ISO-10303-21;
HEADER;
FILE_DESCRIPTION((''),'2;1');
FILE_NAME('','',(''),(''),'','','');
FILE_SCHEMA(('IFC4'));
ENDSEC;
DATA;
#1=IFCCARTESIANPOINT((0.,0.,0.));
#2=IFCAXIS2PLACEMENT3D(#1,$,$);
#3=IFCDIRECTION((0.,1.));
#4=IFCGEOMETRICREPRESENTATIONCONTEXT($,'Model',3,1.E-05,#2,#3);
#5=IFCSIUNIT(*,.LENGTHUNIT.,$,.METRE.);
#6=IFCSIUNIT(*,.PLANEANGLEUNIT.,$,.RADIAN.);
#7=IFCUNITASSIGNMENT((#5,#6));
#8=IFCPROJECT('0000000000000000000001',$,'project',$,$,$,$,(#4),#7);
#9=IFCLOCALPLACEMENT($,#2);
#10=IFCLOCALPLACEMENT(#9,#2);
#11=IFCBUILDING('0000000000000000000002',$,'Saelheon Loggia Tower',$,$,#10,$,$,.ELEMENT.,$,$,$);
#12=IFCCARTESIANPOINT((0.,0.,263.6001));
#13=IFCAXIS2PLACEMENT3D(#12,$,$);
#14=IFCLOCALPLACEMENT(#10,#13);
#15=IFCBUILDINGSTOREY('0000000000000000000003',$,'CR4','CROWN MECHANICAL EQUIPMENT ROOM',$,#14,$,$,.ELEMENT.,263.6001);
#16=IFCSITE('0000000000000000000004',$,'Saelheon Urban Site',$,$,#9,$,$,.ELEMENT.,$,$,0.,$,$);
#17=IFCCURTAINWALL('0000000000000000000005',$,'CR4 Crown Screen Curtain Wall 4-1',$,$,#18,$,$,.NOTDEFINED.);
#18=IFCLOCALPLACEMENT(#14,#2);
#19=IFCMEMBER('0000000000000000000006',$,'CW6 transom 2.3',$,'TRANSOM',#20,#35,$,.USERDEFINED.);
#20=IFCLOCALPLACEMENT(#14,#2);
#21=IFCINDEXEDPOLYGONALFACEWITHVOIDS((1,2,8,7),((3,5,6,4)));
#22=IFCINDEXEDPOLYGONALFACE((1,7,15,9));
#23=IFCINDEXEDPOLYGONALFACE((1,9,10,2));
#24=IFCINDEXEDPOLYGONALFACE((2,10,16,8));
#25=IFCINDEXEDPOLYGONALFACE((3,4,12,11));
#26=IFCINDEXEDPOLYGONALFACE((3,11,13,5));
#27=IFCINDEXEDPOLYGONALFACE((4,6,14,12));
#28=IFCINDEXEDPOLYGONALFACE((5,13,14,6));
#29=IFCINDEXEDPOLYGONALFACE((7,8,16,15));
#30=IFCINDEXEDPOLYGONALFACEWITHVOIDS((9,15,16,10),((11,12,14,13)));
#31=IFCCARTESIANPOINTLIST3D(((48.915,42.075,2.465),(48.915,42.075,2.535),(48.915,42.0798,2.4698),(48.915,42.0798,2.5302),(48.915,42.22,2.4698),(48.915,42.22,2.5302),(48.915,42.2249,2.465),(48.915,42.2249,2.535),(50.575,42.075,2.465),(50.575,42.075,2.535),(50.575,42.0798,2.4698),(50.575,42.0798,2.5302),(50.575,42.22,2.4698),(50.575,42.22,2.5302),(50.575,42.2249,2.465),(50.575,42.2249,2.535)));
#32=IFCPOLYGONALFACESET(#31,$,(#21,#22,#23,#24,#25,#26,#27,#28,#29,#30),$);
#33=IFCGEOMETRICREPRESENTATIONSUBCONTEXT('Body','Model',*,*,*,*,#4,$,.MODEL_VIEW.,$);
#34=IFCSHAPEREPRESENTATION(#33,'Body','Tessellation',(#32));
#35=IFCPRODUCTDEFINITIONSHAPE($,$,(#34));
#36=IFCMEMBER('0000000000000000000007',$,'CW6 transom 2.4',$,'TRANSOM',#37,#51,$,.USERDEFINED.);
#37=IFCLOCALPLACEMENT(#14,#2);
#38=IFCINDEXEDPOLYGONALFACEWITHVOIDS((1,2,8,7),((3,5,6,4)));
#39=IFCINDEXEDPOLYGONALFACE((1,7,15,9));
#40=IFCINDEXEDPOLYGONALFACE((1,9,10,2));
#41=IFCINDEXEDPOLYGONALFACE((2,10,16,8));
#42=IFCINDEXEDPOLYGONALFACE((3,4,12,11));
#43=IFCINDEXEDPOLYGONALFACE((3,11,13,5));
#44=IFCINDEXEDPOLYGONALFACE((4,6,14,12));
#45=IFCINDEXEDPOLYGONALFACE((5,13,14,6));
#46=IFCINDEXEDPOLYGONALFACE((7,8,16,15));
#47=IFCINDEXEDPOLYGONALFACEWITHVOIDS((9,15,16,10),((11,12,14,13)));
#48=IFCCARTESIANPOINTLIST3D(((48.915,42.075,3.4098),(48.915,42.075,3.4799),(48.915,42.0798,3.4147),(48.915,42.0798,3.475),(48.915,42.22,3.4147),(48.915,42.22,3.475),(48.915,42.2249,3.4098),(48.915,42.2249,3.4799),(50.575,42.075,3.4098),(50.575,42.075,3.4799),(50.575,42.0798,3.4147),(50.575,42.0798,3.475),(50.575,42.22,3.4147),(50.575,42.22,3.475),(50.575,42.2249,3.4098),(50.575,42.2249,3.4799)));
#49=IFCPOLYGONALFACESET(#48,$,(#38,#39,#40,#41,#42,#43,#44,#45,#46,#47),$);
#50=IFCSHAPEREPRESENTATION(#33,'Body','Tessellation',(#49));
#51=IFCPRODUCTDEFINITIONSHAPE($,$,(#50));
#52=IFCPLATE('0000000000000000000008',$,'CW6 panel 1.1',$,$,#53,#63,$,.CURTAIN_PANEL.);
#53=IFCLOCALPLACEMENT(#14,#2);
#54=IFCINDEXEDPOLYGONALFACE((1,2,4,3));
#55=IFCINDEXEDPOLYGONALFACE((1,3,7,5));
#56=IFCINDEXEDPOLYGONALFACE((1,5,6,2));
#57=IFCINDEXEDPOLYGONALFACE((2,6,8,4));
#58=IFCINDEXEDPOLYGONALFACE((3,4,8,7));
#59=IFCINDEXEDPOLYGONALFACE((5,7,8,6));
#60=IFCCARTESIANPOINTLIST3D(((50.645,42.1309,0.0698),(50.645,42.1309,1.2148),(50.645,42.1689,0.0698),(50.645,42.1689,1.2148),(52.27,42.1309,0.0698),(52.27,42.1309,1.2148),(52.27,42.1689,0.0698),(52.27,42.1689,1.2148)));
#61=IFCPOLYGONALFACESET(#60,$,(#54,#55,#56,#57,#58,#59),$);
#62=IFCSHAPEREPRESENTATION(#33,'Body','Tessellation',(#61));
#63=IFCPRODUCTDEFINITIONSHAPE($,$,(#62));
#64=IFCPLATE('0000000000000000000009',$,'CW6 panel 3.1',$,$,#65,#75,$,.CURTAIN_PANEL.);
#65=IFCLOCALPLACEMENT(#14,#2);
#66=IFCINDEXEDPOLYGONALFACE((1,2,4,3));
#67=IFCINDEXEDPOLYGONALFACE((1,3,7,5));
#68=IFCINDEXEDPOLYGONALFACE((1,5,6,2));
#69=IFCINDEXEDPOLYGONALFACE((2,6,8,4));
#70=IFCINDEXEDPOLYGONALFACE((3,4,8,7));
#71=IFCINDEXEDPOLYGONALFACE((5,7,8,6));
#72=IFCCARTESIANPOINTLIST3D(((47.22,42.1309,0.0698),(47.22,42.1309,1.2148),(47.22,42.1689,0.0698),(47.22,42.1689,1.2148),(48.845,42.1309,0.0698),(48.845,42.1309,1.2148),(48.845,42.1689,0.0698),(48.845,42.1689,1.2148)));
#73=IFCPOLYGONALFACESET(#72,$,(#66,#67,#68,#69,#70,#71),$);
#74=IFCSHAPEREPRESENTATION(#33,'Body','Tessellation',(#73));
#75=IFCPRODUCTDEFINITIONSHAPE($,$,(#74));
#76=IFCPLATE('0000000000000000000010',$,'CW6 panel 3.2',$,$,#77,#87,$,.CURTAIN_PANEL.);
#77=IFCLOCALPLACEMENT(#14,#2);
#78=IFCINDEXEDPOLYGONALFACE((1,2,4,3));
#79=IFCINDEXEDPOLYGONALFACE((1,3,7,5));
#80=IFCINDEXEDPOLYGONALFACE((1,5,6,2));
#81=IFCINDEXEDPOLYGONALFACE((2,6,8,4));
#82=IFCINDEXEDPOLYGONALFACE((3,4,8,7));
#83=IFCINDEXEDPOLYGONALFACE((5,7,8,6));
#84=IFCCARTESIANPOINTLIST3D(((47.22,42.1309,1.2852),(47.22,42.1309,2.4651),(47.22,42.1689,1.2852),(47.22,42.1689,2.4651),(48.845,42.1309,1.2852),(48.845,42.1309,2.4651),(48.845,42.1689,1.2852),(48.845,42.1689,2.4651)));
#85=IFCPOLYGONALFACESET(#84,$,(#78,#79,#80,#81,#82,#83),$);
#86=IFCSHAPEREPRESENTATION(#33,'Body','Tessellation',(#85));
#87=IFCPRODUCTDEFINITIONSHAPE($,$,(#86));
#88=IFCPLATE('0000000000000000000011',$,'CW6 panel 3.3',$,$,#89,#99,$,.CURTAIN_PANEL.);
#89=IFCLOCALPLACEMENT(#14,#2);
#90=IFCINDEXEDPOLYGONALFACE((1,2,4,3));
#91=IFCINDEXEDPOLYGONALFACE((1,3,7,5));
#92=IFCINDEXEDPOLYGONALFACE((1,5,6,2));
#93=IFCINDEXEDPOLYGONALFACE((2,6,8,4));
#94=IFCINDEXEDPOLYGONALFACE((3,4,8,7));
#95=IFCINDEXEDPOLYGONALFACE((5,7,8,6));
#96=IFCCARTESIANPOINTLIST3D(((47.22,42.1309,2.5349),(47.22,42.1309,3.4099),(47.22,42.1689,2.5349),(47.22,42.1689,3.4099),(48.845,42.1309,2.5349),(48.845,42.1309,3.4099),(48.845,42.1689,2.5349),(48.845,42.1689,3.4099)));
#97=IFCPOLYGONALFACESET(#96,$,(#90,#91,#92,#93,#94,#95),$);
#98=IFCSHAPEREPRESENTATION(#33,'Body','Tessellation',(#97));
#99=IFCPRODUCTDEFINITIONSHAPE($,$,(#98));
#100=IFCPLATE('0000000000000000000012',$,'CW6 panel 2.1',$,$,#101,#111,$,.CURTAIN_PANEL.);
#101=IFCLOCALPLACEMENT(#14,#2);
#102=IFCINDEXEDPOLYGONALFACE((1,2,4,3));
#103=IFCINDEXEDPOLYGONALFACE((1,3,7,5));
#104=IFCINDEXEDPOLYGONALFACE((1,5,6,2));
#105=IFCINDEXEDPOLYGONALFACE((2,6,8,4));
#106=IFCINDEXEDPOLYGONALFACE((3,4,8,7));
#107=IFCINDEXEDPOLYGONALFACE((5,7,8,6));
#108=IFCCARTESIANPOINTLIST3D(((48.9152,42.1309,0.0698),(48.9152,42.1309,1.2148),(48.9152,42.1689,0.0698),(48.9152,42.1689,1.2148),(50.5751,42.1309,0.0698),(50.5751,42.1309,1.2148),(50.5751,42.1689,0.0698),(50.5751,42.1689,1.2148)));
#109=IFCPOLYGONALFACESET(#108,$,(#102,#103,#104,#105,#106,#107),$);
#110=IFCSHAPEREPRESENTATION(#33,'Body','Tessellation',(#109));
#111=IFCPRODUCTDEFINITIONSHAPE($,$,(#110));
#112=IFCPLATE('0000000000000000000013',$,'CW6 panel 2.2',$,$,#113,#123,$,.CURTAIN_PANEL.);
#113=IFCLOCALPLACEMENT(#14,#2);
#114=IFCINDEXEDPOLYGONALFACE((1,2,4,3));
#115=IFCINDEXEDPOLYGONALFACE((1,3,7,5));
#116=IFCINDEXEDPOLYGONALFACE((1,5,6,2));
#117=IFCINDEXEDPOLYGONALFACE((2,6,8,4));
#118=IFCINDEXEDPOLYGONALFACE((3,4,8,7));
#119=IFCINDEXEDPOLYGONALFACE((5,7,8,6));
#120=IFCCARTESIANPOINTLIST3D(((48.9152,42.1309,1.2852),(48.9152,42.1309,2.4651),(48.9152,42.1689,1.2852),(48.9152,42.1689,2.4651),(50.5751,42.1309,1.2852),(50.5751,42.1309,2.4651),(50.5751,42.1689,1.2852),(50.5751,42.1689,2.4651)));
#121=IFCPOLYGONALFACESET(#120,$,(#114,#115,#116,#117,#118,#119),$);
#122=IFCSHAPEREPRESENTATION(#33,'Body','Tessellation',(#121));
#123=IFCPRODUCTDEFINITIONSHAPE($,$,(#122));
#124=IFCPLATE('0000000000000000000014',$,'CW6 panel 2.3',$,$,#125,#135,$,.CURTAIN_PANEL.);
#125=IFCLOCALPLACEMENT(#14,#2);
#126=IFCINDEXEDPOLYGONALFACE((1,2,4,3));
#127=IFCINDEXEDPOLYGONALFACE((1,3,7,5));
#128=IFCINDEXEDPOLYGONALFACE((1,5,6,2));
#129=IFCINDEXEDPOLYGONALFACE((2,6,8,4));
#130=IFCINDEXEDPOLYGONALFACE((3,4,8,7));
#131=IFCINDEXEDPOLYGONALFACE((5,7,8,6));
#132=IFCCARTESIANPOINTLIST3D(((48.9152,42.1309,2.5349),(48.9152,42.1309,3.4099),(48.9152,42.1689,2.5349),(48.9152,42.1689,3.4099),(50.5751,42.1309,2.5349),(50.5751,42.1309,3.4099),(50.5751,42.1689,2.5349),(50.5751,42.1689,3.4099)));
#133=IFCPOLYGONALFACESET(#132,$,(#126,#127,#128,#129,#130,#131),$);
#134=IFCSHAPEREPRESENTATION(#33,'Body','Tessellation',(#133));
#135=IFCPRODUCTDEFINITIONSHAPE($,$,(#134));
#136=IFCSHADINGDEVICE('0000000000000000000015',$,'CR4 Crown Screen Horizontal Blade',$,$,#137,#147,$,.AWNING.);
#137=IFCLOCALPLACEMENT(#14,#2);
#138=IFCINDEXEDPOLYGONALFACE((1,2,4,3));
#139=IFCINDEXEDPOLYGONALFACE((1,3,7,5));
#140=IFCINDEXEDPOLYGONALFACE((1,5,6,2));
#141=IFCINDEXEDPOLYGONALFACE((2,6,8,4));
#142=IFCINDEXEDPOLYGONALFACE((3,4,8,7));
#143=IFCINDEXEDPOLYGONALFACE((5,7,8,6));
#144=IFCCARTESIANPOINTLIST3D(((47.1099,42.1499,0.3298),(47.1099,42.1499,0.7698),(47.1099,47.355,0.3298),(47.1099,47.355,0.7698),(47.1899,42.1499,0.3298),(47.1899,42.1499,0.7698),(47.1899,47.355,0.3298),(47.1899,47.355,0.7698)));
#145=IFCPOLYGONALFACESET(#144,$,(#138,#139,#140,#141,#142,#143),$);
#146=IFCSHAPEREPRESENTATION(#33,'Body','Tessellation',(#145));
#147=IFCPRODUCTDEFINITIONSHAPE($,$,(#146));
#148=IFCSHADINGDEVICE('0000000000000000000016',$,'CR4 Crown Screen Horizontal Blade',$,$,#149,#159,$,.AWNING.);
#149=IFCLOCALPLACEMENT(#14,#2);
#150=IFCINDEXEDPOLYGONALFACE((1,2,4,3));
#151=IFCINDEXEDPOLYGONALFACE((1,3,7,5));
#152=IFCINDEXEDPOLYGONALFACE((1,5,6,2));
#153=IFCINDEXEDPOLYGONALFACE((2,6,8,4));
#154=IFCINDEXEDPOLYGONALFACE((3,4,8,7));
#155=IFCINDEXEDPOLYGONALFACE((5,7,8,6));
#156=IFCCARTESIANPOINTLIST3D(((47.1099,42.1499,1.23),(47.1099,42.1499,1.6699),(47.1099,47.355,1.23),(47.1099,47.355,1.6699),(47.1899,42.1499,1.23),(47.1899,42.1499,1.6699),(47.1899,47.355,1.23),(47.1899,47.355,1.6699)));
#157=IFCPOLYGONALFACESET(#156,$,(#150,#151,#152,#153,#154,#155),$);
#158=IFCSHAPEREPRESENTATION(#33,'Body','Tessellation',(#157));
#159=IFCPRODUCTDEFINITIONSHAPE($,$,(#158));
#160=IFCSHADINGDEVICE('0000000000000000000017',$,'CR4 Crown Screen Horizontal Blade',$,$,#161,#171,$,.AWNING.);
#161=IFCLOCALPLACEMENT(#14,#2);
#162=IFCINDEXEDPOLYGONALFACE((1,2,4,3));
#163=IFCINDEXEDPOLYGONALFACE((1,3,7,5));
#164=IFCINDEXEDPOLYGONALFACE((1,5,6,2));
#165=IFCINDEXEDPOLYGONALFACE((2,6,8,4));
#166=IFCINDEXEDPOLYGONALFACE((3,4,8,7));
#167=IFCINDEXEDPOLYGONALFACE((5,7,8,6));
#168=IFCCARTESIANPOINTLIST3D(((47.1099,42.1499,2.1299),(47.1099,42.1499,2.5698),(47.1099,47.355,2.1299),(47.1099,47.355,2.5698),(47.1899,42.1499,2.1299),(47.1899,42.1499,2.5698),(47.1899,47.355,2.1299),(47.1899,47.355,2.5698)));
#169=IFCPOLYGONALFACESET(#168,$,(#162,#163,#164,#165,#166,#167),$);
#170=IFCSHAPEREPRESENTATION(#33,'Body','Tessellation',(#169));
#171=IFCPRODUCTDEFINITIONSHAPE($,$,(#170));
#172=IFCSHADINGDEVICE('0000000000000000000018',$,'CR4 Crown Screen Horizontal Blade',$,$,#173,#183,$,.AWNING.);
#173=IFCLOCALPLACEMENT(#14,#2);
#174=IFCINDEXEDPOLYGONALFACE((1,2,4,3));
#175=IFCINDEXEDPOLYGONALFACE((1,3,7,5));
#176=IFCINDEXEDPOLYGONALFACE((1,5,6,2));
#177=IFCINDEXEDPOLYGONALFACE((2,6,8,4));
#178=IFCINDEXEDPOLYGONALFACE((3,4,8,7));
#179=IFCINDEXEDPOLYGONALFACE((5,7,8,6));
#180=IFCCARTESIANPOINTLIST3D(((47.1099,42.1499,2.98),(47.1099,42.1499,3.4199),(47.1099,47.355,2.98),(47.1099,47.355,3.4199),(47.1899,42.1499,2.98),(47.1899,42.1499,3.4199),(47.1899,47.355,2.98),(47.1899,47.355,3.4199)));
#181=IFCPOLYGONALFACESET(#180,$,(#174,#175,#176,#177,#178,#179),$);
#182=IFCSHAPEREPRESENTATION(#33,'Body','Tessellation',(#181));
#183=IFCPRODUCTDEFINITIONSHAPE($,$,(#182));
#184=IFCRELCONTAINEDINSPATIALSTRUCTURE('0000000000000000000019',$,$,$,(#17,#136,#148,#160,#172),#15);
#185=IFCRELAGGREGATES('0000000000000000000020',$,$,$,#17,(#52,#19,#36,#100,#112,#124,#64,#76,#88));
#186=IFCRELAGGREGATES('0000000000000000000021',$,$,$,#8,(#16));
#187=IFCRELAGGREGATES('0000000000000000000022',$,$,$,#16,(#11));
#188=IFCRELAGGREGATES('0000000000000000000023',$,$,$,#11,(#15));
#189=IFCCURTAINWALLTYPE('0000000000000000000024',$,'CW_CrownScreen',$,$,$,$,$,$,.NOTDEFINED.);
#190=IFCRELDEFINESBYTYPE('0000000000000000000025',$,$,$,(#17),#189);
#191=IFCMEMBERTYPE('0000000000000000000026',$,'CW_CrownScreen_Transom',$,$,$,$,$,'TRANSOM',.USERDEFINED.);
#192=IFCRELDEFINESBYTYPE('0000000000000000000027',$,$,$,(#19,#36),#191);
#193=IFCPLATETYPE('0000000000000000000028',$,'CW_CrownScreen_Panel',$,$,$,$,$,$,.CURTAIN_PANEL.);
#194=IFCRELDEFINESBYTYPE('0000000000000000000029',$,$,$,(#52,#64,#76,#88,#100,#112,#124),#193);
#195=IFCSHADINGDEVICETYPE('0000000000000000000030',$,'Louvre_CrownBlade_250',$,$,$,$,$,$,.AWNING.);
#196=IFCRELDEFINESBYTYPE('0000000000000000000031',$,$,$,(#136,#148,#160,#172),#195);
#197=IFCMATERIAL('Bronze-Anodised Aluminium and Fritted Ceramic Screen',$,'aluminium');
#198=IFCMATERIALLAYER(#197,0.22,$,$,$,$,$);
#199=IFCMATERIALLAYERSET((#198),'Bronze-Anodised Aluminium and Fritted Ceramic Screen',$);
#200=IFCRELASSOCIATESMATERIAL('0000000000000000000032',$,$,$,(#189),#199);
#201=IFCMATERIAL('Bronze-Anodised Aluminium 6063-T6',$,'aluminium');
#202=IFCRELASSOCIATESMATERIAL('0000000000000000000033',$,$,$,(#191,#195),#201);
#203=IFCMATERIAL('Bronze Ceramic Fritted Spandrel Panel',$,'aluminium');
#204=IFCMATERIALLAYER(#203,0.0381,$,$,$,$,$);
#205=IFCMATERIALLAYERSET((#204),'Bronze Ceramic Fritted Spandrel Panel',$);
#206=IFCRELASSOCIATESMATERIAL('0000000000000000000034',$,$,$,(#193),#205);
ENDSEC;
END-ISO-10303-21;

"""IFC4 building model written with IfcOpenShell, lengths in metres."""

from ifc_helpers import new_model, si_unit, direction, frame, origin, origin_2d, place, context, subcontext, project, spatial, rectangle, hollow_rectangle, extrude, source, transform, mapped, material, layer, layer_set, material_profile, profile_set, type_object, element, aggregate, save


model = new_model("IFC4")

# Units and contexts
model_context = context("Model", 3, precision=1e-05, world=origin(), true_north=direction((0.0, 1.0)))
body_context = subcontext(model_context, "Body", "Model", "MODEL_VIEW")
ifc_project = project(units=[si_unit("LENGTHUNIT", "METRE"), si_unit("PLANEANGLEUNIT", "RADIAN")], contexts=[model_context])

# Site, building, storey
site_placement = place(None, origin())
site = spatial("IfcSite", under=ifc_project, at=site_placement, Name="Saelheon Urban Site", CompositionType="ELEMENT", RefElevation=0.0)
building_placement = place(site_placement, origin())
building = spatial("IfcBuilding", under=site, at=building_placement, Name="Saelheon Loggia Tower", CompositionType="ELEMENT")
storey_placement = place(building_placement, frame((0.0, 0.0, 263.6001)))
storey = spatial("IfcBuildingStorey", under=building, at=storey_placement, Name="CR4", Description="CROWN MECHANICAL EQUIPMENT ROOM", CompositionType="ELEMENT", Elevation=263.6001)

# Curtain wall, members, plates
ifc_material_1 = material(Name="Bronze-Anodised Aluminium and Fritted Ceramic Screen", Category="aluminium")
ifc_layer_1 = layer(ifc_material_1, 0.22)
ifc_layer_set_1 = layer_set([ifc_layer_1], Name="Bronze-Anodised Aluminium and Fritted Ceramic Screen")
curtain_wall_type = type_object("IfcCurtainWallType", Name="CW_CrownScreen", PredefinedType="NOTDEFINED", material=ifc_layer_set_1)
curtain_wall_placement = place(storey_placement, origin())
curtain_wall = element("IfcCurtainWall", 1, at=curtain_wall_placement, inside=storey, type_object=curtain_wall_type, Name="CR4 Crown Screen Curtain Wall 4-1", PredefinedType="NOTDEFINED")
ifc_material_2 = material(Name="Bronze-Anodised Aluminium 6063-T6", Category="aluminium")
ifc_material_profile_1 = material_profile(ifc_material_2, hollow_rectangle(XDim=0.0701, YDim=0.1499, WallThickness=0.0049, at=origin_2d()), Name="RHS-150x70x5")
ifc_profile_set_1 = profile_set([ifc_material_profile_1], Name="Bronze-Anodised Aluminium 6063-T6")
member_type_1 = type_object("IfcMemberType", Name="CW_CrownScreen_Transom", ElementType="TRANSOM", PredefinedType="USERDEFINED", material=ifc_profile_set_1)
shared_shape_1 = source(origin(), body_context, "Body", "SweptSolid", [
    extrude(hollow_rectangle(XDim=0.0701, YDim=0.1499, WallThickness=0.0049, at=origin_2d()), origin(), (0.0, 0.0, 1.0), 1.6599),
])
member_1_placement = place(storey_placement, frame((50.575, 42.1499, 2.5), z_axis=(-1.0, 0.0, 0.0), x_axis=(0.0, 0.0, 1.0)))
member_1 = element("IfcMember", 2, at=member_1_placement, type_object=member_type_1, Name="CW6 transom 2.3", ObjectType="TRANSOM", PredefinedType="USERDEFINED", context=body_context, shape_type="MappedRepresentation", body=[
    mapped(shared_shape_1, transform((0.0, 0.0, 0.0), scale=1.0)),
])
member_2_placement = place(storey_placement, frame((50.575, 42.1499, 3.4448), z_axis=(-1.0, 0.0, 0.0), x_axis=(0.0, 0.0, 1.0)))
member_2 = element("IfcMember", 3, at=member_2_placement, type_object=member_type_1, Name="CW6 transom 2.4", ObjectType="TRANSOM", PredefinedType="USERDEFINED", context=body_context, shape_type="MappedRepresentation", body=[
    mapped(shared_shape_1, transform((0.0, 0.0, 0.0), scale=1.0)),
])
ifc_material_3 = material(Name="Bronze Ceramic Fritted Spandrel Panel", Category="aluminium")
ifc_layer_2 = layer(ifc_material_3, 0.0381)
ifc_layer_set_2 = layer_set([ifc_layer_2], Name="Bronze Ceramic Fritted Spandrel Panel")
plate_type = type_object("IfcPlateType", Name="CW_CrownScreen_Panel", PredefinedType="CURTAIN_PANEL", material=ifc_layer_set_2)
shared_shape_2 = source(origin(), body_context, "Body", "SweptSolid", [
    extrude(rectangle(XDim=1.625, YDim=0.0381, at=origin_2d()), origin(), (0.0, 0.0, 1.0), 1.145),
])
plate_1_placement = place(storey_placement, frame((51.4575, 42.1499, 0.0698), z_axis=(0.0, 0.0, 1.0), x_axis=(-1.0, 0.0, 0.0)))
plate_1 = element("IfcPlate", 4, at=plate_1_placement, type_object=plate_type, Name="CW6 panel 1.1", PredefinedType="CURTAIN_PANEL", context=body_context, shape_type="MappedRepresentation", body=[
    mapped(shared_shape_2, transform((0.0, 0.0, 0.0), scale=1.0)),
])
plate_2_placement = place(storey_placement, frame((48.0325, 42.1499, 0.0698), z_axis=(0.0, 0.0, 1.0), x_axis=(-1.0, 0.0, 0.0)))
plate_2 = element("IfcPlate", 5, at=plate_2_placement, type_object=plate_type, Name="CW6 panel 3.1", PredefinedType="CURTAIN_PANEL", context=body_context, shape_type="MappedRepresentation", body=[
    mapped(shared_shape_2, transform((0.0, 0.0, 0.0), scale=1.0)),
])
shared_shape_3 = source(origin(), body_context, "Body", "SweptSolid", [
    extrude(rectangle(XDim=1.625, YDim=0.0381, at=origin_2d()), origin(), (0.0, 0.0, 1.0), 1.1799),
])
plate_3_placement = place(storey_placement, frame((48.0325, 42.1499, 1.2852), z_axis=(0.0, 0.0, 1.0), x_axis=(-1.0, 0.0, 0.0)))
plate_3 = element("IfcPlate", 6, at=plate_3_placement, type_object=plate_type, Name="CW6 panel 3.2", PredefinedType="CURTAIN_PANEL", context=body_context, shape_type="MappedRepresentation", body=[
    mapped(shared_shape_3, transform((0.0, 0.0, 0.0), scale=1.0)),
])
shared_shape_4 = source(origin(), body_context, "Body", "SweptSolid", [
    extrude(rectangle(XDim=1.625, YDim=0.0381, at=origin_2d()), origin(), (0.0, 0.0, 1.0), 0.875),
])
plate_4_placement = place(storey_placement, frame((48.0325, 42.1499, 2.5349), z_axis=(0.0, 0.0, 1.0), x_axis=(-1.0, 0.0, 0.0)))
plate_4 = element("IfcPlate", 7, at=plate_4_placement, type_object=plate_type, Name="CW6 panel 3.3", PredefinedType="CURTAIN_PANEL", context=body_context, shape_type="MappedRepresentation", body=[
    mapped(shared_shape_4, transform((0.0, 0.0, 0.0), scale=1.0)),
])
shared_shape_5 = source(origin(), body_context, "Body", "SweptSolid", [
    extrude(rectangle(XDim=1.6599, YDim=0.0381, at=origin_2d()), origin(), (0.0, 0.0, 1.0), 1.145),
])
plate_5_placement = place(storey_placement, frame((49.7451, 42.1499, 0.0698), z_axis=(0.0, 0.0, 1.0), x_axis=(-1.0, 0.0, 0.0)))
plate_5 = element("IfcPlate", 8, at=plate_5_placement, type_object=plate_type, Name="CW6 panel 2.1", PredefinedType="CURTAIN_PANEL", context=body_context, shape_type="MappedRepresentation", body=[
    mapped(shared_shape_5, transform((0.0, 0.0, 0.0), scale=1.0)),
])
shared_shape_6 = source(origin(), body_context, "Body", "SweptSolid", [
    extrude(rectangle(XDim=1.6599, YDim=0.0381, at=origin_2d()), origin(), (0.0, 0.0, 1.0), 1.1799),
])
plate_6_placement = place(storey_placement, frame((49.7451, 42.1499, 1.2852), z_axis=(0.0, 0.0, 1.0), x_axis=(-1.0, 0.0, 0.0)))
plate_6 = element("IfcPlate", 9, at=plate_6_placement, type_object=plate_type, Name="CW6 panel 2.2", PredefinedType="CURTAIN_PANEL", context=body_context, shape_type="MappedRepresentation", body=[
    mapped(shared_shape_6, transform((0.0, 0.0, 0.0), scale=1.0)),
])
shared_shape_7 = source(origin(), body_context, "Body", "SweptSolid", [
    extrude(rectangle(XDim=1.6599, YDim=0.0381, at=origin_2d()), origin(), (0.0, 0.0, 1.0), 0.875),
])
plate_7_placement = place(storey_placement, frame((49.7451, 42.1499, 2.5349), z_axis=(0.0, 0.0, 1.0), x_axis=(-1.0, 0.0, 0.0)))
plate_7 = element("IfcPlate", 10, at=plate_7_placement, type_object=plate_type, Name="CW6 panel 2.3", PredefinedType="CURTAIN_PANEL", context=body_context, shape_type="MappedRepresentation", body=[
    mapped(shared_shape_7, transform((0.0, 0.0, 0.0), scale=1.0)),
])
aggregate(curtain_wall, [plate_1, member_1, member_2, plate_5, plate_6, plate_7, plate_2, plate_3, plate_4])

# Shading devices
ifc_material_profile_2 = material_profile(ifc_material_2, rectangle(XDim=0.0801, YDim=0.4399, at=origin_2d()), Name="Louvre_CrownBlade_250")
ifc_profile_set_2 = profile_set([ifc_material_profile_2], Name="Bronze-Anodised Aluminium 6063-T6")
shading_device_type = type_object("IfcShadingDeviceType", Name="Louvre_CrownBlade_250", PredefinedType="AWNING", material=ifc_profile_set_2)
shared_shape_8 = source(origin(), body_context, "Body", "SweptSolid", [
    extrude(rectangle(XDim=0.0801, YDim=0.4399, at=origin_2d()), origin(), (0.0, 0.0, 1.0), 5.2051),
])
for number, where, z_axis, x_axis, name in (
    (11, (47.1499, 42.1499, 0.5498), (0.0, 1.0, 0.0), (-1.0, 0.0, 0.0), "CR4 Crown Screen Horizontal Blade"),
    (12, (47.1499, 42.1499, 1.45), (0.0, 1.0, 0.0), (-1.0, 0.0, 0.0), "CR4 Crown Screen Horizontal Blade"),
    (13, (47.1499, 42.1499, 2.3499), (0.0, 1.0, 0.0), (-1.0, 0.0, 0.0), "CR4 Crown Screen Horizontal Blade"),
    (14, (47.1499, 42.1499, 3.2), (0.0, 1.0, 0.0), (-1.0, 0.0, 0.0), "CR4 Crown Screen Horizontal Blade"),
):
    element("IfcShadingDevice", number, at=place(storey_placement, frame(where, z_axis=z_axis, x_axis=x_axis)), inside=storey, type_object=shading_device_type, Name=name, PredefinedType="AWNING", context=body_context, shape_type="MappedRepresentation", body=[
        mapped(shared_shape_8, transform((0.0, 0.0, 0.0), scale=1.0)),
    ])

save(model, "model.ifc")
